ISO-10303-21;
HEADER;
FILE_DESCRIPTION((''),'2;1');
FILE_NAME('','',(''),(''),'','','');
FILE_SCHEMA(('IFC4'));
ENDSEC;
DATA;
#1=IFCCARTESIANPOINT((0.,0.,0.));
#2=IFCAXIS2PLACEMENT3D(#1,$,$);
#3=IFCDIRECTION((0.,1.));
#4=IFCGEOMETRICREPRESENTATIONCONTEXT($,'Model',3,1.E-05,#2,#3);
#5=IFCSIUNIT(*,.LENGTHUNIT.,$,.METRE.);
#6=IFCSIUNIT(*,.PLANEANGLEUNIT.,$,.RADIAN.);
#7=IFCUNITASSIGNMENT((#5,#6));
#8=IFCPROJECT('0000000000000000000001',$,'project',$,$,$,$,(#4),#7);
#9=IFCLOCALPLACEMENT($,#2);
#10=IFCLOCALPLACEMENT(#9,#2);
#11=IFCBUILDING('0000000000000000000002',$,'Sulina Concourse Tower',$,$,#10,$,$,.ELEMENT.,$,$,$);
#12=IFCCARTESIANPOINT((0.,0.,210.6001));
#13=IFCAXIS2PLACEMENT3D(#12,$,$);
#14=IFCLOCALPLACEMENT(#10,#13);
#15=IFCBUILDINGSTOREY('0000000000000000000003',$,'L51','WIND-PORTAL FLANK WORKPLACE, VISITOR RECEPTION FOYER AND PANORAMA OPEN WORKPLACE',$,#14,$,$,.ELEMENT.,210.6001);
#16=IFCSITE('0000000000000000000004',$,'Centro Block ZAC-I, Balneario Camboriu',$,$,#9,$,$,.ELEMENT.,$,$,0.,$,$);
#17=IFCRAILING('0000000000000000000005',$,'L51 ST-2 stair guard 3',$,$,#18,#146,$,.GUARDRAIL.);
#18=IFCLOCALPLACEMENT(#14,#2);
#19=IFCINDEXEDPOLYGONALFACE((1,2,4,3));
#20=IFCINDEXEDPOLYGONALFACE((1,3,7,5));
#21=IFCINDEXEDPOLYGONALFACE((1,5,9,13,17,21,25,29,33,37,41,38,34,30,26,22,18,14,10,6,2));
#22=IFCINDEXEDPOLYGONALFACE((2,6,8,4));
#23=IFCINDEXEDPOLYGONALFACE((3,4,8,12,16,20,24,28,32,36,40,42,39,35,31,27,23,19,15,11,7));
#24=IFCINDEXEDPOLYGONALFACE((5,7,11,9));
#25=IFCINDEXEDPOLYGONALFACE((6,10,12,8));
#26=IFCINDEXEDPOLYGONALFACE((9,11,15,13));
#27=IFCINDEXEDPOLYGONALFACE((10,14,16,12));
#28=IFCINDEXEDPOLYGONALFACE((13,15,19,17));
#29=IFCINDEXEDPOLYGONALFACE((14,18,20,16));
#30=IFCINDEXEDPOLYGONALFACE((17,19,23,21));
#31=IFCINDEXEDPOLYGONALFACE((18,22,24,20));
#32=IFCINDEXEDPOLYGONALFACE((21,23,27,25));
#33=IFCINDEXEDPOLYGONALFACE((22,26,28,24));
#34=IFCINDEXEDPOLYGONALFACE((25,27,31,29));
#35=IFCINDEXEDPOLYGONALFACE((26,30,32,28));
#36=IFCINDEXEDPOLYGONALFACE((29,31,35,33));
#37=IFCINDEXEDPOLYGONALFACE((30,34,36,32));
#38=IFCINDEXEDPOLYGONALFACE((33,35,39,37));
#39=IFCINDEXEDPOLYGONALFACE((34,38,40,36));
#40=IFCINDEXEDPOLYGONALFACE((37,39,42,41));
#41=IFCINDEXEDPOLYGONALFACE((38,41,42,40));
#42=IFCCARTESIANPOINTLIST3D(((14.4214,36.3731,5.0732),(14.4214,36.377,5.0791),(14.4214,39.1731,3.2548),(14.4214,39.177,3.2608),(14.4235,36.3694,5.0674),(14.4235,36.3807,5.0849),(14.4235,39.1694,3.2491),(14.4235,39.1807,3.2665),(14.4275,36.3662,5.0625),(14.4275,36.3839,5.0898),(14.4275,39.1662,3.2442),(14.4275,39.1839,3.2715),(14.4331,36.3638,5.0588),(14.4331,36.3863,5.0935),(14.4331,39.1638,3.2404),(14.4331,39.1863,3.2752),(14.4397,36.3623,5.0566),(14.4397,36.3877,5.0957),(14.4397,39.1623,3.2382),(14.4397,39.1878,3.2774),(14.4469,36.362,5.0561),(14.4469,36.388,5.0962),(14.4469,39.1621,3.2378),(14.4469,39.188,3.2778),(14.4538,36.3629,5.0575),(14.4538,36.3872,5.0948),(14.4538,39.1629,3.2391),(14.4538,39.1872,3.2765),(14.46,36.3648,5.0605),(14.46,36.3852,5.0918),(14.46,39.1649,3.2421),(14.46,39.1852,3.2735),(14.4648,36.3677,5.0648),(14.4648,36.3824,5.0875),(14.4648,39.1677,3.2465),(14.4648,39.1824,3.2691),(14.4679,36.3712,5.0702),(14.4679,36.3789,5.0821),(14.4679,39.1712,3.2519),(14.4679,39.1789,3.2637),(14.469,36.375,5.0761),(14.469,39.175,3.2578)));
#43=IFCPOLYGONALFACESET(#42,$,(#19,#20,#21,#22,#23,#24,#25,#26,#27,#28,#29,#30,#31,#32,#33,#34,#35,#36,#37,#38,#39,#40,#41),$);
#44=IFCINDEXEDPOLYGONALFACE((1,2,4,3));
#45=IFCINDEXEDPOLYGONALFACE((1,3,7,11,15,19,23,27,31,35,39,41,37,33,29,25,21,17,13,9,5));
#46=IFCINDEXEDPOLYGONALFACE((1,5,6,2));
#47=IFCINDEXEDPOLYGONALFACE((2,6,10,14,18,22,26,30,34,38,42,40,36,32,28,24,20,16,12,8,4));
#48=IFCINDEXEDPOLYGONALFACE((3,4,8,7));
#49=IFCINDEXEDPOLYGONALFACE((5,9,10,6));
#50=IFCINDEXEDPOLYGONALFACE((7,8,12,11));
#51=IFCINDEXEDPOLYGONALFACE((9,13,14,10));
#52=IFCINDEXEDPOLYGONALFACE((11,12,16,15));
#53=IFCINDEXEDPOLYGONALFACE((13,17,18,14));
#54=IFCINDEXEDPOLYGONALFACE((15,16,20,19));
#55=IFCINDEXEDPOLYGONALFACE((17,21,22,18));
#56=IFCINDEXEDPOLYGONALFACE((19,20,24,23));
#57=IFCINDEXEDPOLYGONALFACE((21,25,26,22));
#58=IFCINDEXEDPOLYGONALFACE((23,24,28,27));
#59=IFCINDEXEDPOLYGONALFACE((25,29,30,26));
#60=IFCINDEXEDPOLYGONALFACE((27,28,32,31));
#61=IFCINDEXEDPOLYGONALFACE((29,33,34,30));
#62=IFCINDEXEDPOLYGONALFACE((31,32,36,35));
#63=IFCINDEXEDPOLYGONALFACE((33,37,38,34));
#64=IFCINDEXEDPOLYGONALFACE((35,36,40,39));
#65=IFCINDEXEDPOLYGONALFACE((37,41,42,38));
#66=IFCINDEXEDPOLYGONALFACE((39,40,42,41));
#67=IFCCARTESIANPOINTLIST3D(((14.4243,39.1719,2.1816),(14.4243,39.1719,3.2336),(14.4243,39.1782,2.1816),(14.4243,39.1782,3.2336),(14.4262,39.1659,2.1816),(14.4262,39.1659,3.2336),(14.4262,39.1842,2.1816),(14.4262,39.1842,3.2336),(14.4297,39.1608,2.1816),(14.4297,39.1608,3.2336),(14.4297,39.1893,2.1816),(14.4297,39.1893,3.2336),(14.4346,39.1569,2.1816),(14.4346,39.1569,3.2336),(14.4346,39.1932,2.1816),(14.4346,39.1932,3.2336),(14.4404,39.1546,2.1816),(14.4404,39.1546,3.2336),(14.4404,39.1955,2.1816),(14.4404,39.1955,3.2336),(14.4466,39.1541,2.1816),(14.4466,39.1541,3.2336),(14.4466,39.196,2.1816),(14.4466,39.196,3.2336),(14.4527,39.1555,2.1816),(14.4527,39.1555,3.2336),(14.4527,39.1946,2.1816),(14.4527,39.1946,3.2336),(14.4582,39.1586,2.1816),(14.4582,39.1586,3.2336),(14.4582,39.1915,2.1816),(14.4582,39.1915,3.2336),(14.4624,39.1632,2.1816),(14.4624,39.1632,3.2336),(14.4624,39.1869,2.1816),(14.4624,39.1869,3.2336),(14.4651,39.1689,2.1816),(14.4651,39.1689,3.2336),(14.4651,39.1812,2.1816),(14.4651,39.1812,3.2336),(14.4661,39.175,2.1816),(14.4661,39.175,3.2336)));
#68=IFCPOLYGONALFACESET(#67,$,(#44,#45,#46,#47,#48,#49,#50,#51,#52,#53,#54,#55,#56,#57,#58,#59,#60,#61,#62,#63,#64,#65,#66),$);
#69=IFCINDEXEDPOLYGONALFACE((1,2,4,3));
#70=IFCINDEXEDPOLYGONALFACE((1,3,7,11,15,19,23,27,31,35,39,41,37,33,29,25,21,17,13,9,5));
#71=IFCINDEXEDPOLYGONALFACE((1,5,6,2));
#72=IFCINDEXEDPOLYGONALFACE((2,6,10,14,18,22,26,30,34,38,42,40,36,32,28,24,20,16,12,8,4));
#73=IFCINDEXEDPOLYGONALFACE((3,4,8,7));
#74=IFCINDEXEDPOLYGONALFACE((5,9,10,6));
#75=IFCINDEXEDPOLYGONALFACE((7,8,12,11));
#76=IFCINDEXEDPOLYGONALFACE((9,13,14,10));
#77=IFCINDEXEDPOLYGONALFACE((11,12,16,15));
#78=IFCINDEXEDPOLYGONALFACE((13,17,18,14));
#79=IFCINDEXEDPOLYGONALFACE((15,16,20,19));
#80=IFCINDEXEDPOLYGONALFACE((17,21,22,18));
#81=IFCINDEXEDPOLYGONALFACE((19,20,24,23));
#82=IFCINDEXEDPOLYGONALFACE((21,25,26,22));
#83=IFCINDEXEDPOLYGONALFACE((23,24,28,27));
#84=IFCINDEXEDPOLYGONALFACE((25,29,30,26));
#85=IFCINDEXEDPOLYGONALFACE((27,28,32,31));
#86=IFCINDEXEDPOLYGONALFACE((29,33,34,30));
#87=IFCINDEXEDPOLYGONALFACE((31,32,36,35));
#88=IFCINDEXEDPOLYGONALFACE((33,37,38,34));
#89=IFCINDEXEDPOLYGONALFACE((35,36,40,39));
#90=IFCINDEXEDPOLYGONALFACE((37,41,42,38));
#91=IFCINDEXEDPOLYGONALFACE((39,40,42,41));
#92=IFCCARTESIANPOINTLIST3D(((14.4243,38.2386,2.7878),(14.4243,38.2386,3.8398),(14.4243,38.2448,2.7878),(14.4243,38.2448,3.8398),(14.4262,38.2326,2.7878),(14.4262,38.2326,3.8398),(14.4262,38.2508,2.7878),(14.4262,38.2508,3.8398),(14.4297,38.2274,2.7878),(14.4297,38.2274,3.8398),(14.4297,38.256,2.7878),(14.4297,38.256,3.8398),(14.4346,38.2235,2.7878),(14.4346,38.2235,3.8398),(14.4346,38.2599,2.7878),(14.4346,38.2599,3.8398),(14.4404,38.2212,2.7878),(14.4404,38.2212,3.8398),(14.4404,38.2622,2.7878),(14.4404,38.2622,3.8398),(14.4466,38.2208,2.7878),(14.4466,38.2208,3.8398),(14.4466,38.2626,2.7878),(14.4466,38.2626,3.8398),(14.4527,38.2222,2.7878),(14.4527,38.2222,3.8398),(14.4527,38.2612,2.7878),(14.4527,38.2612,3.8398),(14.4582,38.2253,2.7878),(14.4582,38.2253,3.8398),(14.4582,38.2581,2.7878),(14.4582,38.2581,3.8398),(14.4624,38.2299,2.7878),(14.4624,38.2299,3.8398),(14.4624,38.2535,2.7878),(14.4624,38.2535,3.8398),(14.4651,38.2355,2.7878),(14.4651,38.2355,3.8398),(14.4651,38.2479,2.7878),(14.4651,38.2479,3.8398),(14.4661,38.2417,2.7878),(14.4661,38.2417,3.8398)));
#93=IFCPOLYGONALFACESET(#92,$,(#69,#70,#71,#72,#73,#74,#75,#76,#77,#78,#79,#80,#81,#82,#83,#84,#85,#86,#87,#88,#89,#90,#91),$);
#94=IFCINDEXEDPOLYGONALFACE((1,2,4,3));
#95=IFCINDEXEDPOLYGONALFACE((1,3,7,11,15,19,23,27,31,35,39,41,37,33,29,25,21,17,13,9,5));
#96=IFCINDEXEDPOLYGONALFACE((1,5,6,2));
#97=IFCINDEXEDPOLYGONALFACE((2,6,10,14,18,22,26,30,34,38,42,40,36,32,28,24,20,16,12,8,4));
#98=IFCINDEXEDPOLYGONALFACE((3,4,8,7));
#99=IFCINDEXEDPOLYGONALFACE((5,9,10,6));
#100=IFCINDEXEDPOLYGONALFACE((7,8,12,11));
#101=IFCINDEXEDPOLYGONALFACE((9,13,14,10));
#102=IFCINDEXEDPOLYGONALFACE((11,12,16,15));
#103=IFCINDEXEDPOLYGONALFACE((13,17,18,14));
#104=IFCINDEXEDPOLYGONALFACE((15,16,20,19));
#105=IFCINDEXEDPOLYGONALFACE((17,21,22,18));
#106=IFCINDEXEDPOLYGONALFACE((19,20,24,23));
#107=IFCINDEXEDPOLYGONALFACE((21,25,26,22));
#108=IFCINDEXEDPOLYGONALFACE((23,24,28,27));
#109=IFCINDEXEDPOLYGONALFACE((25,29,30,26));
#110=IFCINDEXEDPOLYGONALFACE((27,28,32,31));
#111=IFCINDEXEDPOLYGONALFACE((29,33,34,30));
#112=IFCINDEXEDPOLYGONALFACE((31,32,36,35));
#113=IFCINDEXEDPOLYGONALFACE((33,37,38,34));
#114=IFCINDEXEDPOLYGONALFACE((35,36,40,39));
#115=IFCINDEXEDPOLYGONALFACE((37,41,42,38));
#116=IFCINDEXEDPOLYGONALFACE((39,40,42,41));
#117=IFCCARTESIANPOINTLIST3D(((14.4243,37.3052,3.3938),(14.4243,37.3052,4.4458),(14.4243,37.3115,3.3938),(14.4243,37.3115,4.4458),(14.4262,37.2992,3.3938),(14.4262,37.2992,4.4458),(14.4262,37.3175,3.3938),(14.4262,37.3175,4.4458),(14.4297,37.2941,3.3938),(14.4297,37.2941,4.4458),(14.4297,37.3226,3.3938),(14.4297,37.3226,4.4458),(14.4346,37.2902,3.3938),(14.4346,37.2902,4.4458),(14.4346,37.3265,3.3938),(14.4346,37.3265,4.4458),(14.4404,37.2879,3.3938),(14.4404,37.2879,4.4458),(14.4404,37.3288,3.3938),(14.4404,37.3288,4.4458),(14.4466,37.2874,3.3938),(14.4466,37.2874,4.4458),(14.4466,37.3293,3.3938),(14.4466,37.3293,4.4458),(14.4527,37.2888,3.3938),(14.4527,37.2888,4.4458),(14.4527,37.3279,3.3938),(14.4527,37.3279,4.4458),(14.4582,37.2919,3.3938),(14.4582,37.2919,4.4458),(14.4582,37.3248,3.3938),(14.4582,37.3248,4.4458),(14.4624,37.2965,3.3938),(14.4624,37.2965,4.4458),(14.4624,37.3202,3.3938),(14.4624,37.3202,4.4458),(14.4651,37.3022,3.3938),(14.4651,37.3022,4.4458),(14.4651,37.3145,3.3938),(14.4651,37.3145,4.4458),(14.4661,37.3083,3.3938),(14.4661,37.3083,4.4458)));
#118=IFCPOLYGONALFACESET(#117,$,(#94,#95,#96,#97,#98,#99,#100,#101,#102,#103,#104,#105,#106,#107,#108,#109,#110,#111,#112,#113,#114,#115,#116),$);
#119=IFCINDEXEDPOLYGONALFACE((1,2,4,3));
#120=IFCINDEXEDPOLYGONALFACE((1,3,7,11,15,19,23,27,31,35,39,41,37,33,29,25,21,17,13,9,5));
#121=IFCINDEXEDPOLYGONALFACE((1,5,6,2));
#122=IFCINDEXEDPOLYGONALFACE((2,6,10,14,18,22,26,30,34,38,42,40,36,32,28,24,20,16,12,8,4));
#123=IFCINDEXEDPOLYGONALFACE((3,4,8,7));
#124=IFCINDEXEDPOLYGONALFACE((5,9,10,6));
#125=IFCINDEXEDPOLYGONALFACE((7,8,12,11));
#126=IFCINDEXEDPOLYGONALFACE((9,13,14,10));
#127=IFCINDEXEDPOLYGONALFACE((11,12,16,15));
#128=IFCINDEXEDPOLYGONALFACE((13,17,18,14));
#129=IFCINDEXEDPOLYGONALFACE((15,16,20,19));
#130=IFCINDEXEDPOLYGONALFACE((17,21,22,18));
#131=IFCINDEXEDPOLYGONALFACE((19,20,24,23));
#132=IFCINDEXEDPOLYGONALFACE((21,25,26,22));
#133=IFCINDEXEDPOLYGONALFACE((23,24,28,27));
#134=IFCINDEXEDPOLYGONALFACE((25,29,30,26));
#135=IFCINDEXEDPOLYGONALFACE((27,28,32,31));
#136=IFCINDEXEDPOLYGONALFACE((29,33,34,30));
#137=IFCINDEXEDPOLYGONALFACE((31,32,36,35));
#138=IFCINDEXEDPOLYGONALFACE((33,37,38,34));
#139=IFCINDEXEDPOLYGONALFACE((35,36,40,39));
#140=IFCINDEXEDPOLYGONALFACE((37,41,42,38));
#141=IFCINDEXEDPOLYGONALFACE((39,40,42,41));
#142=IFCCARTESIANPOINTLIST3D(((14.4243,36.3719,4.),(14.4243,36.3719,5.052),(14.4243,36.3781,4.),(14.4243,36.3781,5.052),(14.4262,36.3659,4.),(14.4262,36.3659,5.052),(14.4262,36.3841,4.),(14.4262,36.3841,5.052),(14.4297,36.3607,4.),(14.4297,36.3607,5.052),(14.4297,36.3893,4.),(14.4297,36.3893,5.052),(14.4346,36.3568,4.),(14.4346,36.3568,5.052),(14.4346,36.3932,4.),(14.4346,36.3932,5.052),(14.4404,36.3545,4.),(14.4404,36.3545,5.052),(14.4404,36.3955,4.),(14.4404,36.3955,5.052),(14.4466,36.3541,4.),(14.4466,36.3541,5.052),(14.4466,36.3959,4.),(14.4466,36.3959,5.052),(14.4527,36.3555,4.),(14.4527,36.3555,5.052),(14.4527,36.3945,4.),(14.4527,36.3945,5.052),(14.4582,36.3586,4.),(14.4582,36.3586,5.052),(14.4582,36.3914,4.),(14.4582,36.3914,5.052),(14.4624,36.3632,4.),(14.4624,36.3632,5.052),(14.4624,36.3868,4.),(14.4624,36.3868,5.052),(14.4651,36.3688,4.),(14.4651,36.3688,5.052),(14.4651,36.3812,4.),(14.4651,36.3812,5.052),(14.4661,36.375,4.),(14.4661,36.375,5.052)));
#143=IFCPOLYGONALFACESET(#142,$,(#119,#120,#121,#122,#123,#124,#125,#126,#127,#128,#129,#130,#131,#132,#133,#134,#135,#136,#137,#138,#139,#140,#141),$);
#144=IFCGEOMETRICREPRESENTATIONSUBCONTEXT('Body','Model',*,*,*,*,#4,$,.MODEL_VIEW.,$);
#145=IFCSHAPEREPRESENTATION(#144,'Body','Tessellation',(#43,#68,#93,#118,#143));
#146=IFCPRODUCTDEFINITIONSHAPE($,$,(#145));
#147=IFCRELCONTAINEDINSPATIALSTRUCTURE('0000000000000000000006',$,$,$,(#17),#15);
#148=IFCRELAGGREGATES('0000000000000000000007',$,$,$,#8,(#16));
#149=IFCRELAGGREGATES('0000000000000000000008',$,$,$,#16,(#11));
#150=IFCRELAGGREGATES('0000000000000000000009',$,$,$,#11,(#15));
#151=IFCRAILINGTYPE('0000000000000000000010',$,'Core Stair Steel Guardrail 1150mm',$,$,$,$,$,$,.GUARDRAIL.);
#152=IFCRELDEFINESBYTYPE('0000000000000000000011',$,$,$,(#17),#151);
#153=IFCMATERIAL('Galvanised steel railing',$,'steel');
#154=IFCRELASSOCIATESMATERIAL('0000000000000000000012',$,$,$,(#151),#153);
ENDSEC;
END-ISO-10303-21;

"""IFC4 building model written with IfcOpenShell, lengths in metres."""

from ifc_helpers import new_model, si_unit, direction, frame, origin, origin_2d, place, context, subcontext, project, spatial, circle, extrude, material, type_object, element, save


model = new_model("IFC4")

# Units and contexts
model_context = context("Model", 3, precision=1e-05, world=origin(), true_north=direction((0.0, 1.0)))
body_context = subcontext(model_context, "Body", "Model", "MODEL_VIEW")
ifc_project = project(units=[si_unit("LENGTHUNIT", "METRE"), si_unit("PLANEANGLEUNIT", "RADIAN")], contexts=[model_context])

# Site, building, storey
site_placement = place(None, origin())
site = spatial("IfcSite", under=ifc_project, at=site_placement, Name="Centro Block ZAC-I, Balneario Camboriu", CompositionType="ELEMENT", RefElevation=0.0)
building_placement = place(site_placement, origin())
building = spatial("IfcBuilding", under=site, at=building_placement, Name="Sulina Concourse Tower", CompositionType="ELEMENT")
storey_placement = place(building_placement, frame((0.0, 0.0, 210.6001)))
storey = spatial("IfcBuildingStorey", under=building, at=storey_placement, Name="L51", Description="WIND-PORTAL FLANK WORKPLACE, VISITOR RECEPTION FOYER AND PANORAMA OPEN WORKPLACE", CompositionType="ELEMENT", Elevation=210.6001)

# Railing
ifc_material_1 = material(Name="Galvanised steel railing", Category="steel")
railing_type_1 = type_object("IfcRailingType", Name="Core Stair Steel Guardrail 1150mm", PredefinedType="GUARDRAIL", material=ifc_material_1)
railing_1_placement = place(storey_placement, frame((14.4451, 39.175, 2.1816)))
element("IfcRailing", 1, at=railing_1_placement, inside=storey, type_object=railing_type_1, Name="L51 ST-2 stair guard 3", PredefinedType="GUARDRAIL", context=body_context, shape_type="SweptSolid", body=[
    extrude(circle(Radius=0.0239, at=origin_2d()), frame((0.0, 0.0, 1.0762), z_axis=(0.0, -0.838672, 0.544636), x_axis=(1.0, 0.0, 0.0)), (0.0, 0.0, 1.0), 3.3386),
    extrude(circle(Radius=0.021, at=origin_2d()), origin(), (0.0, 0.0, 1.0), 1.052),
    extrude(circle(Radius=0.021, at=origin_2d()), frame((0.0, -0.9333, 0.6062)), (0.0, 0.0, 1.0), 1.052),
    extrude(circle(Radius=0.021, at=origin_2d()), frame((0.0, -1.8667, 1.2122)), (0.0, 0.0, 1.0), 1.052),
    extrude(circle(Radius=0.021, at=origin_2d()), frame((0.0, -2.8, 1.8184)), (0.0, 0.0, 1.0), 1.052),
])

save(model, "model.ifc")
